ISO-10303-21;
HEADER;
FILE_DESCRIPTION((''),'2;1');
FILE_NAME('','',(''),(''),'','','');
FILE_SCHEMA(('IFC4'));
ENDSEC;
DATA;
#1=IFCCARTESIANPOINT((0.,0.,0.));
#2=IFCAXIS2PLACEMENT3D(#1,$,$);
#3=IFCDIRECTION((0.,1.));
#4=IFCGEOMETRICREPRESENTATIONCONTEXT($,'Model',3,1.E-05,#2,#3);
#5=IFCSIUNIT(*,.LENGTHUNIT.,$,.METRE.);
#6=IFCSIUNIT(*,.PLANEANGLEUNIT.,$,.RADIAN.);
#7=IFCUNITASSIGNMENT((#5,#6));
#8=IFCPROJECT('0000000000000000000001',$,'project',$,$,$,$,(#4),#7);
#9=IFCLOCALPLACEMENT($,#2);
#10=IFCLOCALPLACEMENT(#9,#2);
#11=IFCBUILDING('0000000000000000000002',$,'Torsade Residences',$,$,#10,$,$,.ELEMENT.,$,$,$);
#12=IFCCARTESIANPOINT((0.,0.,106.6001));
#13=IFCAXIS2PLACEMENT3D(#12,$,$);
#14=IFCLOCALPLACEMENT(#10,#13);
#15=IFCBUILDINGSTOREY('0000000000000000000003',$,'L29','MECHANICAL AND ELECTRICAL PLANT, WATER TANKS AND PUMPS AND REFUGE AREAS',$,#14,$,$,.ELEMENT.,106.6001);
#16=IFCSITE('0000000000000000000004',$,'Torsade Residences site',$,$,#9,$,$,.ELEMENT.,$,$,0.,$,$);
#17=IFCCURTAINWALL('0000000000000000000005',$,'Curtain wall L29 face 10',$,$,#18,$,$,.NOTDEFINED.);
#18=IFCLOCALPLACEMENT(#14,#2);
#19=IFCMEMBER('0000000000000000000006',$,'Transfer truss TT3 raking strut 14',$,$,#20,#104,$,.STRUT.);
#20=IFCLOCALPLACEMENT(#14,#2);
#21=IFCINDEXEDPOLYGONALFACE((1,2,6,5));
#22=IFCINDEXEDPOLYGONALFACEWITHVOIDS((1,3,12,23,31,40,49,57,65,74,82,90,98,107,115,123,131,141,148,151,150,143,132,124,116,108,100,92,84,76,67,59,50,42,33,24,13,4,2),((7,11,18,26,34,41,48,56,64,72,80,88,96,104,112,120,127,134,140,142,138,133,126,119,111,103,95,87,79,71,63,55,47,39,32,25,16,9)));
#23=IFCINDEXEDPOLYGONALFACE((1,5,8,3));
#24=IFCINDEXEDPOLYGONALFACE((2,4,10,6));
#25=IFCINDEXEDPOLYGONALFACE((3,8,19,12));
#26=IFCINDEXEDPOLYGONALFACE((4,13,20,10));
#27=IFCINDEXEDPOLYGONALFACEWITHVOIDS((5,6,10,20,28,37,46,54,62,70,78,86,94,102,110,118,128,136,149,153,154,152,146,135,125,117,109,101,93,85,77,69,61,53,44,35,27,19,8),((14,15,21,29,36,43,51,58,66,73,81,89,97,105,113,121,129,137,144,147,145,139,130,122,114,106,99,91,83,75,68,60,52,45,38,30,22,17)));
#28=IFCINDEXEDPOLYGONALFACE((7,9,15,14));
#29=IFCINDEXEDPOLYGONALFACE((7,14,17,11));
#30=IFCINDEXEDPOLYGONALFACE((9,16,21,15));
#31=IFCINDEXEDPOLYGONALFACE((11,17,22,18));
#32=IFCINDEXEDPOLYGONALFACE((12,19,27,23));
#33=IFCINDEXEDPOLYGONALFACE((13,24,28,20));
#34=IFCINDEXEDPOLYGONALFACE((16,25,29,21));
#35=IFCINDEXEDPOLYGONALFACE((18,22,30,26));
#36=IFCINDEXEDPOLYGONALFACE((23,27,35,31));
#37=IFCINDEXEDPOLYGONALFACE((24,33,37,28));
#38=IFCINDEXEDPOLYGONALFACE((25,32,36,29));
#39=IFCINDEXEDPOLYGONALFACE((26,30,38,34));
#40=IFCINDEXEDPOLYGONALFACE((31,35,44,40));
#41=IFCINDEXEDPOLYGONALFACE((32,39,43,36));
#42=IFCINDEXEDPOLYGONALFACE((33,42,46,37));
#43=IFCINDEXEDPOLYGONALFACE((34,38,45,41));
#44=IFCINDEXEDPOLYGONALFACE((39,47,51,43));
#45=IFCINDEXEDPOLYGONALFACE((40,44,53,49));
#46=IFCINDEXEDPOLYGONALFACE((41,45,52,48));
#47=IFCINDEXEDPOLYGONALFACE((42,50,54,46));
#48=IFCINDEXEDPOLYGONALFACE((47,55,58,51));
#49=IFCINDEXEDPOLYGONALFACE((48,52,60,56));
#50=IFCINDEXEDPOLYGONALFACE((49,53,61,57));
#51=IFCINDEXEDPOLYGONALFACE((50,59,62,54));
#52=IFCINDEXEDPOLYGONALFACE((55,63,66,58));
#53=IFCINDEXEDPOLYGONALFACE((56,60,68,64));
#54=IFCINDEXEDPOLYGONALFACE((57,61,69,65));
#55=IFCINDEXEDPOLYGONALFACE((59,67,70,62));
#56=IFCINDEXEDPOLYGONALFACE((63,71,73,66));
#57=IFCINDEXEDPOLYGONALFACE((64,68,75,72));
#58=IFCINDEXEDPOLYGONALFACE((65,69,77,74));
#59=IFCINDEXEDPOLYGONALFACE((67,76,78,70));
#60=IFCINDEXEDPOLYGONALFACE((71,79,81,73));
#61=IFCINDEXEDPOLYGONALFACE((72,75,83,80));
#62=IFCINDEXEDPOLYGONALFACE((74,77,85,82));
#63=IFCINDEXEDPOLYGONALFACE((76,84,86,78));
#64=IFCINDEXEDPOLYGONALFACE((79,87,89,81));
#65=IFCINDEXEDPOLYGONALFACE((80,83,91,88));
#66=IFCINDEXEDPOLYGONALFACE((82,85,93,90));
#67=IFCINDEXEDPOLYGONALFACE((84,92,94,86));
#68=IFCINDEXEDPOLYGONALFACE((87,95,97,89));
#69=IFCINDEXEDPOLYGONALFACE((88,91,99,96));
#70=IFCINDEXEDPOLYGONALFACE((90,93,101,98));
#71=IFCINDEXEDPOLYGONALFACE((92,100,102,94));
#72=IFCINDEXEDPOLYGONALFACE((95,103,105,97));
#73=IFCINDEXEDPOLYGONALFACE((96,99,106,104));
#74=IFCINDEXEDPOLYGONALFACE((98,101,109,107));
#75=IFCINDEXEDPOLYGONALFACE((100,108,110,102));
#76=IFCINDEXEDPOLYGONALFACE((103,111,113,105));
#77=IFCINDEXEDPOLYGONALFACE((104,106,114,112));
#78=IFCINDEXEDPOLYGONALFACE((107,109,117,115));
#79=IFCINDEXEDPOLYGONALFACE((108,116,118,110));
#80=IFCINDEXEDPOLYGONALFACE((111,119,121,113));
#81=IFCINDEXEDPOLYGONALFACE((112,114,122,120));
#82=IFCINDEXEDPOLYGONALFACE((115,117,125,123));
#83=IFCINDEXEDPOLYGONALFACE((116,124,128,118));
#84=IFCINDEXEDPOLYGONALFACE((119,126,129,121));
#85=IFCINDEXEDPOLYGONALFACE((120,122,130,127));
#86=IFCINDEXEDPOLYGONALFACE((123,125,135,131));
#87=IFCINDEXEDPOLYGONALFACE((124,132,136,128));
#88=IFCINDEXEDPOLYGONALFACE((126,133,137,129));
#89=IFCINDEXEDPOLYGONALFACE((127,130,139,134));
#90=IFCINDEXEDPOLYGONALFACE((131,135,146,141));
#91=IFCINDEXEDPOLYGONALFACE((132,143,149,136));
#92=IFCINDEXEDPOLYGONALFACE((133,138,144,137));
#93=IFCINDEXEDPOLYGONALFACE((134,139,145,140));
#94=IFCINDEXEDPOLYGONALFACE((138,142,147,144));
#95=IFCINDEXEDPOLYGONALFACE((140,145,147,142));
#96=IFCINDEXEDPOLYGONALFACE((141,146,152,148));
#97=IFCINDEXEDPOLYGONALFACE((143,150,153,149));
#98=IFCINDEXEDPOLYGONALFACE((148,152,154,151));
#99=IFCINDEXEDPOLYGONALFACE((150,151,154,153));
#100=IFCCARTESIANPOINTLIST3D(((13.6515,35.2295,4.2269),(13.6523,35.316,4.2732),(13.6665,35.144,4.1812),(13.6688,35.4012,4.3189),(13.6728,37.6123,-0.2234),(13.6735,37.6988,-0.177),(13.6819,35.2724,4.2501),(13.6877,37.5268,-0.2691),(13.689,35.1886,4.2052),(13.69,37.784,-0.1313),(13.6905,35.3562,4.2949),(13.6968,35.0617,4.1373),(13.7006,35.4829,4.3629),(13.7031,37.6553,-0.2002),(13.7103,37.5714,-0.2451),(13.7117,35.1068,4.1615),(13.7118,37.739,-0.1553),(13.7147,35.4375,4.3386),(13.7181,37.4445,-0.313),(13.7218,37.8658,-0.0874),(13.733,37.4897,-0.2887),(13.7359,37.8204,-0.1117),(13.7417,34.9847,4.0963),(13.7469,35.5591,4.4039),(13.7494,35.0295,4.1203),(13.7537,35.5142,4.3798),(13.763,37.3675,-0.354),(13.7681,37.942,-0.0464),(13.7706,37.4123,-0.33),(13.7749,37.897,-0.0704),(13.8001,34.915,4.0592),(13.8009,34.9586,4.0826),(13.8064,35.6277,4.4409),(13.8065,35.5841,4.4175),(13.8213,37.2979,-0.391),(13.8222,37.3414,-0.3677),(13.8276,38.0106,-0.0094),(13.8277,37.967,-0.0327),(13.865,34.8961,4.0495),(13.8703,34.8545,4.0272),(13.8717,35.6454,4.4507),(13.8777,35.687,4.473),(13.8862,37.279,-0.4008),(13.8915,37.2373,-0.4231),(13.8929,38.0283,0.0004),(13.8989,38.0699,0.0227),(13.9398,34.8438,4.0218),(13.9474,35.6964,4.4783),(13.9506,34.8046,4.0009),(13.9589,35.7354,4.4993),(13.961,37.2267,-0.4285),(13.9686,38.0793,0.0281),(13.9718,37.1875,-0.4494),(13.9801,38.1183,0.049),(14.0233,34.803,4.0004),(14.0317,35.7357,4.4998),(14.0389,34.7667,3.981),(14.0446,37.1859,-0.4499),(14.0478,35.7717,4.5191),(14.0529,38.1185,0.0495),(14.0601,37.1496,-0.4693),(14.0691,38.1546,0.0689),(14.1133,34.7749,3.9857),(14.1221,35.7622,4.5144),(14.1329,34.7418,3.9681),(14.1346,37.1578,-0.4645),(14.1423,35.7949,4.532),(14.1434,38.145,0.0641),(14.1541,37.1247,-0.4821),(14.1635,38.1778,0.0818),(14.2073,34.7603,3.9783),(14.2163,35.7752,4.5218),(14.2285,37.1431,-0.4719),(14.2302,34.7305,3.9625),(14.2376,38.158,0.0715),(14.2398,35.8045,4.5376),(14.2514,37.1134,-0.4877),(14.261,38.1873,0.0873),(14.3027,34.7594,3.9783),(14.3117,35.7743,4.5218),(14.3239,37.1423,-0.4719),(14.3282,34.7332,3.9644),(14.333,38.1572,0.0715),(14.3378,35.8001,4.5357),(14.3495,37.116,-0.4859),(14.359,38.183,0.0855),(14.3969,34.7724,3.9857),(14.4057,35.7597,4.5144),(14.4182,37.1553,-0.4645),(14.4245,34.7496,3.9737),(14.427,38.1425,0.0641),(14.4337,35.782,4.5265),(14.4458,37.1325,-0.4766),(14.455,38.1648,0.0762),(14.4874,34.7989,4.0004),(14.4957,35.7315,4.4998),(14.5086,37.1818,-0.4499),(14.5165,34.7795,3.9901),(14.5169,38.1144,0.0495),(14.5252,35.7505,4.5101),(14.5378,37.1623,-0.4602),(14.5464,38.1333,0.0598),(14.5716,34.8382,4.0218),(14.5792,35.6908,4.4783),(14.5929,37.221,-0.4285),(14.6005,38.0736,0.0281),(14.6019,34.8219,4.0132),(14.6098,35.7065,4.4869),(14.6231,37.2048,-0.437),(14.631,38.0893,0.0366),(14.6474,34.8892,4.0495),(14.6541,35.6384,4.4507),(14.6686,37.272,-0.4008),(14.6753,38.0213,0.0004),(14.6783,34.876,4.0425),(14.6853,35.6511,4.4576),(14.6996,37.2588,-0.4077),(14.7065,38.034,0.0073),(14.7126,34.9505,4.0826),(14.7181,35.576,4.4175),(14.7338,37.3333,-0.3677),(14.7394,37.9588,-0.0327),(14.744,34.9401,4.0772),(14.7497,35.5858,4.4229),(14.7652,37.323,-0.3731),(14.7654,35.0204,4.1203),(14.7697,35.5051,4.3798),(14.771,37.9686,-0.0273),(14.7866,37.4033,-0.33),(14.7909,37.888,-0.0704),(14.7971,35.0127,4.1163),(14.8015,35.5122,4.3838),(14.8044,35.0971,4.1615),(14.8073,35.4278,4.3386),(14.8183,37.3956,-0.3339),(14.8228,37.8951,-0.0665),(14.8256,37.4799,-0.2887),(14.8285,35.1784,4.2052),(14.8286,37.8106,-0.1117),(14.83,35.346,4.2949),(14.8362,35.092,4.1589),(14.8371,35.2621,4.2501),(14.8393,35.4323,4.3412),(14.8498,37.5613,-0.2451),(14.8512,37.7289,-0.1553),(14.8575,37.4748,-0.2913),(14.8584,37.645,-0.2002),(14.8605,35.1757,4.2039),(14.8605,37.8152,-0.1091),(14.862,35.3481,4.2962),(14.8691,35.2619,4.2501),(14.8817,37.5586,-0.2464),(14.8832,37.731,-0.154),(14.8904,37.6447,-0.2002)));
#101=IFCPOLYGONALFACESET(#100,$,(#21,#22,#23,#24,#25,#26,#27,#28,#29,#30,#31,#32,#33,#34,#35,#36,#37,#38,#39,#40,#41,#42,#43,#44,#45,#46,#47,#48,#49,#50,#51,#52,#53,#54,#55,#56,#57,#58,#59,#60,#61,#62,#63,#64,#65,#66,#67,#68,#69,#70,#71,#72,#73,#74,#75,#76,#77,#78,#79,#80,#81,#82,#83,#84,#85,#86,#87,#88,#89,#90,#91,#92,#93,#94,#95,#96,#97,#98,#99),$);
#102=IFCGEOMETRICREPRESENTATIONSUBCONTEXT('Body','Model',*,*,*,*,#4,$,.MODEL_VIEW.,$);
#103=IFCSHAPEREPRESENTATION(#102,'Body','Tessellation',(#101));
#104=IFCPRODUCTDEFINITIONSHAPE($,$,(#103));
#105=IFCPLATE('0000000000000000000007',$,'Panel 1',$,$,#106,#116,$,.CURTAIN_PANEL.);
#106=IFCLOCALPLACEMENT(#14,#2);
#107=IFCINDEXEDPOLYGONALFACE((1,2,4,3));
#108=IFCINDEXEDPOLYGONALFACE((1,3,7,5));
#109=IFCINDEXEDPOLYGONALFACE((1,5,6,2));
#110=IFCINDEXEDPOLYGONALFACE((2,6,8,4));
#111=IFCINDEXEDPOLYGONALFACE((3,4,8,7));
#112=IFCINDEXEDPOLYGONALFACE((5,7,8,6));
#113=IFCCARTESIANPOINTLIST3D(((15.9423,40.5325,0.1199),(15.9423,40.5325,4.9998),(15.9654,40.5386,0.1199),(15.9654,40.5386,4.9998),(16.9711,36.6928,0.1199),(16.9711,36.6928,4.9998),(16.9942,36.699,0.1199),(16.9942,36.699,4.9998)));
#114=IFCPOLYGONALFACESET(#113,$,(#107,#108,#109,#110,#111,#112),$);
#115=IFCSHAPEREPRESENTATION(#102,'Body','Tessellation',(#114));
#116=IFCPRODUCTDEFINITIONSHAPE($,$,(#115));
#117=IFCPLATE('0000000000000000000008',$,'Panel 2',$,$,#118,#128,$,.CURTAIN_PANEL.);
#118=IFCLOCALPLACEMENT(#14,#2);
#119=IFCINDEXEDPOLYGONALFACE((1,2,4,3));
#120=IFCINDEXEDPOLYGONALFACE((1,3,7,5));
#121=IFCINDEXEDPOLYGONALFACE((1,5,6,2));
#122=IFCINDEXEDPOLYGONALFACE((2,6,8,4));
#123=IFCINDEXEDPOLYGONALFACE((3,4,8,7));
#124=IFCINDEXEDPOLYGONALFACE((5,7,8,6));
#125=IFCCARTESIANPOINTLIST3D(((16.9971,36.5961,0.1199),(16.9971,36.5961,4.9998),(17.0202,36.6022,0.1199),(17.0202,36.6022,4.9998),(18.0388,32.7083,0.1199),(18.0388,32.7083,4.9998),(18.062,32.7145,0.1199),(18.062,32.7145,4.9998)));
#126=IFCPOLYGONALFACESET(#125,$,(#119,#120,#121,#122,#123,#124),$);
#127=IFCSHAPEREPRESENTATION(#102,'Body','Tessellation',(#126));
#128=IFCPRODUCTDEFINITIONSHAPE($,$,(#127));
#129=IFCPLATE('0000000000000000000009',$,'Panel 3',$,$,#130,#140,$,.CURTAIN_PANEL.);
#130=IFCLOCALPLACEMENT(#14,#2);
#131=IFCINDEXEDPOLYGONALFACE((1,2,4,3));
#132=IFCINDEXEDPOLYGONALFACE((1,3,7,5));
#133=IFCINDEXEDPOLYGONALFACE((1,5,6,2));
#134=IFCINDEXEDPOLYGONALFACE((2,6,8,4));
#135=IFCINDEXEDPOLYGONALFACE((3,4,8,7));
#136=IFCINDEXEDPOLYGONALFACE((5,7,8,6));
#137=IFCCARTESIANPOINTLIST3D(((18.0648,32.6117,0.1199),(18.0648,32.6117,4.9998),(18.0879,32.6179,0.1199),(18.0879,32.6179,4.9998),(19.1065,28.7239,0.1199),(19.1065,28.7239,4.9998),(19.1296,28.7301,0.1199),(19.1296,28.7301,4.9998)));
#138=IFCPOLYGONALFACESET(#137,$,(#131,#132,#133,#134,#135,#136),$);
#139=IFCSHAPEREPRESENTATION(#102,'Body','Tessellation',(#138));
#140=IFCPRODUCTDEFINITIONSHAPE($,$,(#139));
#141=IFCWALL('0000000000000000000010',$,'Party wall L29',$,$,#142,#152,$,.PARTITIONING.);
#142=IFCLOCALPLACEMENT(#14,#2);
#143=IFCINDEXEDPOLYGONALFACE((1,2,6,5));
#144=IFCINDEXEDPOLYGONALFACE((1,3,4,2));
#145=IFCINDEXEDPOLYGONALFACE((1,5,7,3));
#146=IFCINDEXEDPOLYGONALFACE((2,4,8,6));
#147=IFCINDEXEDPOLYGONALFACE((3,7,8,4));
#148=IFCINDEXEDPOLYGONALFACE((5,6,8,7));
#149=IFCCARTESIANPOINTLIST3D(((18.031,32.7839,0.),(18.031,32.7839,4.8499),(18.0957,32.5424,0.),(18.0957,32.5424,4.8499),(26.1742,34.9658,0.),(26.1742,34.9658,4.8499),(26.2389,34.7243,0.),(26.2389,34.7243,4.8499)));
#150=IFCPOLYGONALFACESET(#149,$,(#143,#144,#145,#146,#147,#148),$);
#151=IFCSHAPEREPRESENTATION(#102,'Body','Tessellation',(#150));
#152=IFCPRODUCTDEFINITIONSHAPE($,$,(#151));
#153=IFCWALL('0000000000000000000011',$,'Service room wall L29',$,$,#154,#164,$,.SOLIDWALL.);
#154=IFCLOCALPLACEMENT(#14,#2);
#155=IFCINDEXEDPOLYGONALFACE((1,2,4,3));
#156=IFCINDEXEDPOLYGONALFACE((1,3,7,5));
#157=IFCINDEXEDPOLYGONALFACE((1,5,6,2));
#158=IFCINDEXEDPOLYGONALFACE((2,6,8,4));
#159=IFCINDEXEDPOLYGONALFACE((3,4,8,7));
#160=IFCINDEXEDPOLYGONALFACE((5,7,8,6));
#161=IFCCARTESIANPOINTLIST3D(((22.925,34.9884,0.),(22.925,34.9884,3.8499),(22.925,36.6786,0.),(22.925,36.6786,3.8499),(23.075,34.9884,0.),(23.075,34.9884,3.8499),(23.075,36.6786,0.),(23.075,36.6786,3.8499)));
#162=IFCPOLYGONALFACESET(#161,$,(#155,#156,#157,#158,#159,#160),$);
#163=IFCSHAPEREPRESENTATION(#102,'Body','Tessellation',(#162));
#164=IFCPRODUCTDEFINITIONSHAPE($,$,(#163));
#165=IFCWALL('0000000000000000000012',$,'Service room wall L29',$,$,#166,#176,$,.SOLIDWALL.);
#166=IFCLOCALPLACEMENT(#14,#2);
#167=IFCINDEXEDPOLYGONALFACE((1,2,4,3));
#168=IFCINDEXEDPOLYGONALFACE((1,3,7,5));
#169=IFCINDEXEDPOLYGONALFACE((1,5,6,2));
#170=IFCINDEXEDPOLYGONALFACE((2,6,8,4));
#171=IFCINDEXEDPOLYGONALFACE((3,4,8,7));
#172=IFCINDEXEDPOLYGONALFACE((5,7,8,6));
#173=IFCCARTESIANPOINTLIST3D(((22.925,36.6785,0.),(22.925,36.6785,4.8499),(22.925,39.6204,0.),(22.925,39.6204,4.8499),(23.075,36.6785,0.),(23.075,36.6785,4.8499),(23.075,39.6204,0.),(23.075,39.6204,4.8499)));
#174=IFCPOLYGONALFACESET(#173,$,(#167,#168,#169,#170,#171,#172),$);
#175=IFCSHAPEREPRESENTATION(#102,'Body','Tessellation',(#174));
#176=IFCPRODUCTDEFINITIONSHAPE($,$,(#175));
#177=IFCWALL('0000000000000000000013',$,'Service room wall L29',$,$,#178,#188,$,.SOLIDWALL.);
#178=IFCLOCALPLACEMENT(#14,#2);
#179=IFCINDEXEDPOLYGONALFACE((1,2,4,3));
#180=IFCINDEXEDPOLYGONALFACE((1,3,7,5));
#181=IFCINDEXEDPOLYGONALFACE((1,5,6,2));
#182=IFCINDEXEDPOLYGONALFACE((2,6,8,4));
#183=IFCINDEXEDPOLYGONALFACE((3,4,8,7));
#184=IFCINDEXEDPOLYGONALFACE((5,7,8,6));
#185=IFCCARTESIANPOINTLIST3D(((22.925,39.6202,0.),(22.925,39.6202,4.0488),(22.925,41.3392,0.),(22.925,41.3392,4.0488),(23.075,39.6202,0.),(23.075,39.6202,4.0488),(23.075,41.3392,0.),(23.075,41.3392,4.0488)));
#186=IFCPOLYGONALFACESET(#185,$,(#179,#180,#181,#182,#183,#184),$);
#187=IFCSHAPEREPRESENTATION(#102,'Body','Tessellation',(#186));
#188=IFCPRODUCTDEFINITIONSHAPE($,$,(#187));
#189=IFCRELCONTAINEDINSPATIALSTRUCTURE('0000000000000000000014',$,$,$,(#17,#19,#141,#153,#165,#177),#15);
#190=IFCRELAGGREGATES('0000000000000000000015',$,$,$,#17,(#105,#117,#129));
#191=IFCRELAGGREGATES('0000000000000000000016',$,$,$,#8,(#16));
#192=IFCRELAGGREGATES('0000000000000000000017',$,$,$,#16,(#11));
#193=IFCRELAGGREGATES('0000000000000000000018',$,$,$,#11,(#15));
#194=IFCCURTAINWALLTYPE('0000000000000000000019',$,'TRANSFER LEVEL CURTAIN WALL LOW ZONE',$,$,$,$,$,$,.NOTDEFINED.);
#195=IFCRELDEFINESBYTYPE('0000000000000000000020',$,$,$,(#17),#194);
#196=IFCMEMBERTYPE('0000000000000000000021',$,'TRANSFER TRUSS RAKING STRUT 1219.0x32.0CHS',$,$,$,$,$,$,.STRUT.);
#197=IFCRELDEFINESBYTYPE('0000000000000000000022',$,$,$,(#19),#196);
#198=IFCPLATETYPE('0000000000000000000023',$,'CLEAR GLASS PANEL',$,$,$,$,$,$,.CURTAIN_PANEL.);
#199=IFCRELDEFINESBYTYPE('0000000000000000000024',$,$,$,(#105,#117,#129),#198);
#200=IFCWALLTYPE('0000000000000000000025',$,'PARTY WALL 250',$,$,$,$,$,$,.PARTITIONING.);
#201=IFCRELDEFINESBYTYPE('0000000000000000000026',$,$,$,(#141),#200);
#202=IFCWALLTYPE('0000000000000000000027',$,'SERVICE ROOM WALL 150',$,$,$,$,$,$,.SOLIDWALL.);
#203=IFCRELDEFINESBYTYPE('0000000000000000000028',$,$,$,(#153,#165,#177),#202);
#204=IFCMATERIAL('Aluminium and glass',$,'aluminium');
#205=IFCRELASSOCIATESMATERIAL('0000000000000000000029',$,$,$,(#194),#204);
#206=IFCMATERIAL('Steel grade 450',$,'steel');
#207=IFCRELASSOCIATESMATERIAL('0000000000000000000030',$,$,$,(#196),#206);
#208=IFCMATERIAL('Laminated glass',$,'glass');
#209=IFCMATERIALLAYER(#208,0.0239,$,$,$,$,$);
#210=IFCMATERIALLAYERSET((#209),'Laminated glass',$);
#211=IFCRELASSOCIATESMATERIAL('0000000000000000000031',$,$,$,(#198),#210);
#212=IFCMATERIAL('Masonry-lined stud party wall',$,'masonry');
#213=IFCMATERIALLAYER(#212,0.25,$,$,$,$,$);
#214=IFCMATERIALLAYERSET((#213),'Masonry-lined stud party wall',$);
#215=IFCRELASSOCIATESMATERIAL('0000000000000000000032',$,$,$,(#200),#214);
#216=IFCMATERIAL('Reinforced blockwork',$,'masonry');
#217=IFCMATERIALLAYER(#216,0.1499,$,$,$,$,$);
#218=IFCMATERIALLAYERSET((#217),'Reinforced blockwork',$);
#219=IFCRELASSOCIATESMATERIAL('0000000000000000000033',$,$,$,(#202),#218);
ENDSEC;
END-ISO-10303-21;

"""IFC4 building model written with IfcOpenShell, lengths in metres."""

from ifc_helpers import new_model, si_unit, direction, frame, frame_2d, origin, origin_2d, place, context, subcontext, project, spatial, rectangle, hollow_circle, extrude, material, layer, layer_set, material_profile, profile_set, type_object, element, aggregate, save


model = new_model("IFC4")

# Units and contexts
model_context = context("Model", 3, precision=1e-05, world=origin(), true_north=direction((0.0, 1.0)))
body_context = subcontext(model_context, "Body", "Model", "MODEL_VIEW")
ifc_project = project(units=[si_unit("LENGTHUNIT", "METRE"), si_unit("PLANEANGLEUNIT", "RADIAN")], contexts=[model_context])

# Site, building, storey
site_placement = place(None, origin())
site = spatial("IfcSite", under=ifc_project, at=site_placement, Name="Torsade Residences site", CompositionType="ELEMENT", RefElevation=0.0)
building_placement = place(site_placement, origin())
building = spatial("IfcBuilding", under=site, at=building_placement, Name="Torsade Residences", CompositionType="ELEMENT")
storey_placement = place(building_placement, frame((0.0, 0.0, 106.6001)))
storey = spatial("IfcBuildingStorey", under=building, at=storey_placement, Name="L29", Description="MECHANICAL AND ELECTRICAL PLANT, WATER TANKS AND PUMPS AND REFUGE AREAS", CompositionType="ELEMENT", Elevation=106.6001)

# Curtain wall
ifc_material_1 = material(Name="Aluminium and glass", Category="aluminium")
curtain_wall_type = type_object("IfcCurtainWallType", Name="TRANSFER LEVEL CURTAIN WALL LOW ZONE", PredefinedType="NOTDEFINED", material=ifc_material_1)
curtain_wall_placement = place(storey_placement, origin())
curtain_wall = element("IfcCurtainWall", 1, at=curtain_wall_placement, inside=storey, type_object=curtain_wall_type, Name="Curtain wall L29 face 10", PredefinedType="NOTDEFINED")

# Member
ifc_material_2 = material(Name="Steel grade 450", Category="steel")
ifc_material_profile_1 = material_profile(ifc_material_2, hollow_circle(Radius=0.6096, WallThickness=0.032, at=origin_2d()), Name="1219.0x32.0CHS")
ifc_profile_set_1 = profile_set([ifc_material_profile_1], Name="Steel grade 450")
member_type_1 = type_object("IfcMemberType", Name="TRANSFER TRUSS RAKING STRUT 1219.0x32.0CHS", PredefinedType="STRUT", material=ifc_profile_set_1)
member_1_placement = place(storey_placement, frame((14.2808, 37.6501, -0.2002), z_axis=(-0.004208, -0.472029, 0.881573), x_axis=(0.99996, -0.008914, 0.0)))
element("IfcMember", 2, at=member_1_placement, inside=storey, type_object=member_type_1, Name="Transfer truss TT3 raking strut 14", PredefinedType="STRUT", context=body_context, shape_type="SweptSolid", body=[
    extrude(hollow_circle(Radius=0.6096, WallThickness=0.032, at=origin_2d()), origin(), (0.0, 0.0, 1.0), 5.0481),
])

# Plates
ifc_material_3 = material(Name="Laminated glass", Category="glass")
ifc_layer_1 = layer(ifc_material_3, 0.0239)
ifc_layer_set_1 = layer_set([ifc_layer_1], Name="Laminated glass")
plate_type = type_object("IfcPlateType", Name="CLEAR GLASS PANEL", PredefinedType="CURTAIN_PANEL", material=ifc_layer_set_1)
plate_1_placement = place(storey_placement, frame((16.4683, 38.6157, 0.1199), z_axis=(0.0, 0.0, 1.0), x_axis=(0.258819, -0.965926, 0.0)))
plate_1 = element("IfcPlate", 3, at=plate_1_placement, type_object=plate_type, Name="Panel 1", PredefinedType="CURTAIN_PANEL", context=body_context, shape_type="SweptSolid", body=[
    extrude(rectangle(XDim=3.9751, YDim=0.0239, at=origin_2d()), origin(), (0.0, 0.0, 1.0), 4.8799),
])
plate_2_placement = place(storey_placement, frame((17.5295, 34.6553, 0.1199), z_axis=(0.0, 0.0, 1.0), x_axis=(0.258819, -0.965926, 0.0)))
plate_2 = element("IfcPlate", 4, at=plate_2_placement, type_object=plate_type, Name="Panel 2", PredefinedType="CURTAIN_PANEL", context=body_context, shape_type="SweptSolid", body=[
    extrude(rectangle(XDim=4.0249, YDim=0.0239, at=origin_2d()), origin(), (0.0, 0.0, 1.0), 4.8799),
])
plate_3_placement = place(storey_placement, frame((18.5972, 30.6709, 0.1199), z_axis=(0.0, 0.0, 1.0), x_axis=(0.258819, -0.965926, 0.0)))
plate_3 = element("IfcPlate", 5, at=plate_3_placement, type_object=plate_type, Name="Panel 3", PredefinedType="CURTAIN_PANEL", context=body_context, shape_type="SweptSolid", body=[
    extrude(rectangle(XDim=4.0249, YDim=0.0239, at=origin_2d()), origin(), (0.0, 0.0, 1.0), 4.8799),
])
aggregate(curtain_wall, [plate_1, plate_2, plate_3])

# Walls
ifc_material_4 = material(Name="Masonry-lined stud party wall", Category="masonry")
ifc_layer_2 = layer(ifc_material_4, 0.25)
ifc_layer_set_2 = layer_set([ifc_layer_2], Name="Masonry-lined stud party wall")
wall_type_1 = type_object("IfcWallType", Name="PARTY WALL 250", PredefinedType="PARTITIONING", material=ifc_layer_set_2)
wall_1_placement = place(storey_placement, frame((18.0632, 32.6631, 0.0), z_axis=(0.0, 0.0, 1.0), x_axis=(0.965927, 0.258814, 0.0)))
element("IfcWall", 6, at=wall_1_placement, inside=storey, type_object=wall_type_1, Name="Party wall L29", PredefinedType="PARTITIONING", context=body_context, shape_type="SweptSolid", body=[
    extrude(rectangle(XDim=8.4304, YDim=0.25, at=frame_2d((4.2153, 0.0))), origin(), (0.0, 0.0, 1.0), 4.8499),
])
ifc_material_5 = material(Name="Reinforced blockwork", Category="masonry")
ifc_layer_3 = layer(ifc_material_5, 0.1499)
ifc_layer_set_3 = layer_set([ifc_layer_3], Name="Reinforced blockwork")
wall_type_2 = type_object("IfcWallType", Name="SERVICE ROOM WALL 150", PredefinedType="SOLIDWALL", material=ifc_layer_set_3)
wall_2_placement = place(storey_placement, frame((23.0, 34.9883, 0.0), z_axis=(0.0, 0.0, 1.0), x_axis=(0.0, 1.0, 0.0)))
element("IfcWall", 7, at=wall_2_placement, inside=storey, type_object=wall_type_2, Name="Service room wall L29", PredefinedType="SOLIDWALL", context=body_context, shape_type="SweptSolid", body=[
    extrude(rectangle(XDim=1.6902, YDim=0.1499, at=frame_2d((0.8452, 0.0))), origin(), (0.0, 0.0, 1.0), 3.8499),
])
wall_3_placement = place(storey_placement, frame((23.0, 36.6785, 0.0), z_axis=(0.0, 0.0, 1.0), x_axis=(0.0, 1.0, 0.0)))
element("IfcWall", 8, at=wall_3_placement, inside=storey, type_object=wall_type_2, Name="Service room wall L29", PredefinedType="SOLIDWALL", context=body_context, shape_type="SweptSolid", body=[
    extrude(rectangle(XDim=2.9419, YDim=0.1499, at=frame_2d((1.4709, 0.0))), origin(), (0.0, 0.0, 1.0), 4.8499),
])
wall_4_placement = place(storey_placement, frame((23.0, 39.6204, 0.0), z_axis=(0.0, 0.0, 1.0), x_axis=(0.0, 1.0, 0.0)))
element("IfcWall", 9, at=wall_4_placement, inside=storey, type_object=wall_type_2, Name="Service room wall L29", PredefinedType="SOLIDWALL", context=body_context, shape_type="SweptSolid", body=[
    extrude(rectangle(XDim=1.719, YDim=0.1499, at=frame_2d((0.8594, 0.0))), origin(), (0.0, 0.0, 1.0), 4.0488),
])

save(model, "model.ifc")
